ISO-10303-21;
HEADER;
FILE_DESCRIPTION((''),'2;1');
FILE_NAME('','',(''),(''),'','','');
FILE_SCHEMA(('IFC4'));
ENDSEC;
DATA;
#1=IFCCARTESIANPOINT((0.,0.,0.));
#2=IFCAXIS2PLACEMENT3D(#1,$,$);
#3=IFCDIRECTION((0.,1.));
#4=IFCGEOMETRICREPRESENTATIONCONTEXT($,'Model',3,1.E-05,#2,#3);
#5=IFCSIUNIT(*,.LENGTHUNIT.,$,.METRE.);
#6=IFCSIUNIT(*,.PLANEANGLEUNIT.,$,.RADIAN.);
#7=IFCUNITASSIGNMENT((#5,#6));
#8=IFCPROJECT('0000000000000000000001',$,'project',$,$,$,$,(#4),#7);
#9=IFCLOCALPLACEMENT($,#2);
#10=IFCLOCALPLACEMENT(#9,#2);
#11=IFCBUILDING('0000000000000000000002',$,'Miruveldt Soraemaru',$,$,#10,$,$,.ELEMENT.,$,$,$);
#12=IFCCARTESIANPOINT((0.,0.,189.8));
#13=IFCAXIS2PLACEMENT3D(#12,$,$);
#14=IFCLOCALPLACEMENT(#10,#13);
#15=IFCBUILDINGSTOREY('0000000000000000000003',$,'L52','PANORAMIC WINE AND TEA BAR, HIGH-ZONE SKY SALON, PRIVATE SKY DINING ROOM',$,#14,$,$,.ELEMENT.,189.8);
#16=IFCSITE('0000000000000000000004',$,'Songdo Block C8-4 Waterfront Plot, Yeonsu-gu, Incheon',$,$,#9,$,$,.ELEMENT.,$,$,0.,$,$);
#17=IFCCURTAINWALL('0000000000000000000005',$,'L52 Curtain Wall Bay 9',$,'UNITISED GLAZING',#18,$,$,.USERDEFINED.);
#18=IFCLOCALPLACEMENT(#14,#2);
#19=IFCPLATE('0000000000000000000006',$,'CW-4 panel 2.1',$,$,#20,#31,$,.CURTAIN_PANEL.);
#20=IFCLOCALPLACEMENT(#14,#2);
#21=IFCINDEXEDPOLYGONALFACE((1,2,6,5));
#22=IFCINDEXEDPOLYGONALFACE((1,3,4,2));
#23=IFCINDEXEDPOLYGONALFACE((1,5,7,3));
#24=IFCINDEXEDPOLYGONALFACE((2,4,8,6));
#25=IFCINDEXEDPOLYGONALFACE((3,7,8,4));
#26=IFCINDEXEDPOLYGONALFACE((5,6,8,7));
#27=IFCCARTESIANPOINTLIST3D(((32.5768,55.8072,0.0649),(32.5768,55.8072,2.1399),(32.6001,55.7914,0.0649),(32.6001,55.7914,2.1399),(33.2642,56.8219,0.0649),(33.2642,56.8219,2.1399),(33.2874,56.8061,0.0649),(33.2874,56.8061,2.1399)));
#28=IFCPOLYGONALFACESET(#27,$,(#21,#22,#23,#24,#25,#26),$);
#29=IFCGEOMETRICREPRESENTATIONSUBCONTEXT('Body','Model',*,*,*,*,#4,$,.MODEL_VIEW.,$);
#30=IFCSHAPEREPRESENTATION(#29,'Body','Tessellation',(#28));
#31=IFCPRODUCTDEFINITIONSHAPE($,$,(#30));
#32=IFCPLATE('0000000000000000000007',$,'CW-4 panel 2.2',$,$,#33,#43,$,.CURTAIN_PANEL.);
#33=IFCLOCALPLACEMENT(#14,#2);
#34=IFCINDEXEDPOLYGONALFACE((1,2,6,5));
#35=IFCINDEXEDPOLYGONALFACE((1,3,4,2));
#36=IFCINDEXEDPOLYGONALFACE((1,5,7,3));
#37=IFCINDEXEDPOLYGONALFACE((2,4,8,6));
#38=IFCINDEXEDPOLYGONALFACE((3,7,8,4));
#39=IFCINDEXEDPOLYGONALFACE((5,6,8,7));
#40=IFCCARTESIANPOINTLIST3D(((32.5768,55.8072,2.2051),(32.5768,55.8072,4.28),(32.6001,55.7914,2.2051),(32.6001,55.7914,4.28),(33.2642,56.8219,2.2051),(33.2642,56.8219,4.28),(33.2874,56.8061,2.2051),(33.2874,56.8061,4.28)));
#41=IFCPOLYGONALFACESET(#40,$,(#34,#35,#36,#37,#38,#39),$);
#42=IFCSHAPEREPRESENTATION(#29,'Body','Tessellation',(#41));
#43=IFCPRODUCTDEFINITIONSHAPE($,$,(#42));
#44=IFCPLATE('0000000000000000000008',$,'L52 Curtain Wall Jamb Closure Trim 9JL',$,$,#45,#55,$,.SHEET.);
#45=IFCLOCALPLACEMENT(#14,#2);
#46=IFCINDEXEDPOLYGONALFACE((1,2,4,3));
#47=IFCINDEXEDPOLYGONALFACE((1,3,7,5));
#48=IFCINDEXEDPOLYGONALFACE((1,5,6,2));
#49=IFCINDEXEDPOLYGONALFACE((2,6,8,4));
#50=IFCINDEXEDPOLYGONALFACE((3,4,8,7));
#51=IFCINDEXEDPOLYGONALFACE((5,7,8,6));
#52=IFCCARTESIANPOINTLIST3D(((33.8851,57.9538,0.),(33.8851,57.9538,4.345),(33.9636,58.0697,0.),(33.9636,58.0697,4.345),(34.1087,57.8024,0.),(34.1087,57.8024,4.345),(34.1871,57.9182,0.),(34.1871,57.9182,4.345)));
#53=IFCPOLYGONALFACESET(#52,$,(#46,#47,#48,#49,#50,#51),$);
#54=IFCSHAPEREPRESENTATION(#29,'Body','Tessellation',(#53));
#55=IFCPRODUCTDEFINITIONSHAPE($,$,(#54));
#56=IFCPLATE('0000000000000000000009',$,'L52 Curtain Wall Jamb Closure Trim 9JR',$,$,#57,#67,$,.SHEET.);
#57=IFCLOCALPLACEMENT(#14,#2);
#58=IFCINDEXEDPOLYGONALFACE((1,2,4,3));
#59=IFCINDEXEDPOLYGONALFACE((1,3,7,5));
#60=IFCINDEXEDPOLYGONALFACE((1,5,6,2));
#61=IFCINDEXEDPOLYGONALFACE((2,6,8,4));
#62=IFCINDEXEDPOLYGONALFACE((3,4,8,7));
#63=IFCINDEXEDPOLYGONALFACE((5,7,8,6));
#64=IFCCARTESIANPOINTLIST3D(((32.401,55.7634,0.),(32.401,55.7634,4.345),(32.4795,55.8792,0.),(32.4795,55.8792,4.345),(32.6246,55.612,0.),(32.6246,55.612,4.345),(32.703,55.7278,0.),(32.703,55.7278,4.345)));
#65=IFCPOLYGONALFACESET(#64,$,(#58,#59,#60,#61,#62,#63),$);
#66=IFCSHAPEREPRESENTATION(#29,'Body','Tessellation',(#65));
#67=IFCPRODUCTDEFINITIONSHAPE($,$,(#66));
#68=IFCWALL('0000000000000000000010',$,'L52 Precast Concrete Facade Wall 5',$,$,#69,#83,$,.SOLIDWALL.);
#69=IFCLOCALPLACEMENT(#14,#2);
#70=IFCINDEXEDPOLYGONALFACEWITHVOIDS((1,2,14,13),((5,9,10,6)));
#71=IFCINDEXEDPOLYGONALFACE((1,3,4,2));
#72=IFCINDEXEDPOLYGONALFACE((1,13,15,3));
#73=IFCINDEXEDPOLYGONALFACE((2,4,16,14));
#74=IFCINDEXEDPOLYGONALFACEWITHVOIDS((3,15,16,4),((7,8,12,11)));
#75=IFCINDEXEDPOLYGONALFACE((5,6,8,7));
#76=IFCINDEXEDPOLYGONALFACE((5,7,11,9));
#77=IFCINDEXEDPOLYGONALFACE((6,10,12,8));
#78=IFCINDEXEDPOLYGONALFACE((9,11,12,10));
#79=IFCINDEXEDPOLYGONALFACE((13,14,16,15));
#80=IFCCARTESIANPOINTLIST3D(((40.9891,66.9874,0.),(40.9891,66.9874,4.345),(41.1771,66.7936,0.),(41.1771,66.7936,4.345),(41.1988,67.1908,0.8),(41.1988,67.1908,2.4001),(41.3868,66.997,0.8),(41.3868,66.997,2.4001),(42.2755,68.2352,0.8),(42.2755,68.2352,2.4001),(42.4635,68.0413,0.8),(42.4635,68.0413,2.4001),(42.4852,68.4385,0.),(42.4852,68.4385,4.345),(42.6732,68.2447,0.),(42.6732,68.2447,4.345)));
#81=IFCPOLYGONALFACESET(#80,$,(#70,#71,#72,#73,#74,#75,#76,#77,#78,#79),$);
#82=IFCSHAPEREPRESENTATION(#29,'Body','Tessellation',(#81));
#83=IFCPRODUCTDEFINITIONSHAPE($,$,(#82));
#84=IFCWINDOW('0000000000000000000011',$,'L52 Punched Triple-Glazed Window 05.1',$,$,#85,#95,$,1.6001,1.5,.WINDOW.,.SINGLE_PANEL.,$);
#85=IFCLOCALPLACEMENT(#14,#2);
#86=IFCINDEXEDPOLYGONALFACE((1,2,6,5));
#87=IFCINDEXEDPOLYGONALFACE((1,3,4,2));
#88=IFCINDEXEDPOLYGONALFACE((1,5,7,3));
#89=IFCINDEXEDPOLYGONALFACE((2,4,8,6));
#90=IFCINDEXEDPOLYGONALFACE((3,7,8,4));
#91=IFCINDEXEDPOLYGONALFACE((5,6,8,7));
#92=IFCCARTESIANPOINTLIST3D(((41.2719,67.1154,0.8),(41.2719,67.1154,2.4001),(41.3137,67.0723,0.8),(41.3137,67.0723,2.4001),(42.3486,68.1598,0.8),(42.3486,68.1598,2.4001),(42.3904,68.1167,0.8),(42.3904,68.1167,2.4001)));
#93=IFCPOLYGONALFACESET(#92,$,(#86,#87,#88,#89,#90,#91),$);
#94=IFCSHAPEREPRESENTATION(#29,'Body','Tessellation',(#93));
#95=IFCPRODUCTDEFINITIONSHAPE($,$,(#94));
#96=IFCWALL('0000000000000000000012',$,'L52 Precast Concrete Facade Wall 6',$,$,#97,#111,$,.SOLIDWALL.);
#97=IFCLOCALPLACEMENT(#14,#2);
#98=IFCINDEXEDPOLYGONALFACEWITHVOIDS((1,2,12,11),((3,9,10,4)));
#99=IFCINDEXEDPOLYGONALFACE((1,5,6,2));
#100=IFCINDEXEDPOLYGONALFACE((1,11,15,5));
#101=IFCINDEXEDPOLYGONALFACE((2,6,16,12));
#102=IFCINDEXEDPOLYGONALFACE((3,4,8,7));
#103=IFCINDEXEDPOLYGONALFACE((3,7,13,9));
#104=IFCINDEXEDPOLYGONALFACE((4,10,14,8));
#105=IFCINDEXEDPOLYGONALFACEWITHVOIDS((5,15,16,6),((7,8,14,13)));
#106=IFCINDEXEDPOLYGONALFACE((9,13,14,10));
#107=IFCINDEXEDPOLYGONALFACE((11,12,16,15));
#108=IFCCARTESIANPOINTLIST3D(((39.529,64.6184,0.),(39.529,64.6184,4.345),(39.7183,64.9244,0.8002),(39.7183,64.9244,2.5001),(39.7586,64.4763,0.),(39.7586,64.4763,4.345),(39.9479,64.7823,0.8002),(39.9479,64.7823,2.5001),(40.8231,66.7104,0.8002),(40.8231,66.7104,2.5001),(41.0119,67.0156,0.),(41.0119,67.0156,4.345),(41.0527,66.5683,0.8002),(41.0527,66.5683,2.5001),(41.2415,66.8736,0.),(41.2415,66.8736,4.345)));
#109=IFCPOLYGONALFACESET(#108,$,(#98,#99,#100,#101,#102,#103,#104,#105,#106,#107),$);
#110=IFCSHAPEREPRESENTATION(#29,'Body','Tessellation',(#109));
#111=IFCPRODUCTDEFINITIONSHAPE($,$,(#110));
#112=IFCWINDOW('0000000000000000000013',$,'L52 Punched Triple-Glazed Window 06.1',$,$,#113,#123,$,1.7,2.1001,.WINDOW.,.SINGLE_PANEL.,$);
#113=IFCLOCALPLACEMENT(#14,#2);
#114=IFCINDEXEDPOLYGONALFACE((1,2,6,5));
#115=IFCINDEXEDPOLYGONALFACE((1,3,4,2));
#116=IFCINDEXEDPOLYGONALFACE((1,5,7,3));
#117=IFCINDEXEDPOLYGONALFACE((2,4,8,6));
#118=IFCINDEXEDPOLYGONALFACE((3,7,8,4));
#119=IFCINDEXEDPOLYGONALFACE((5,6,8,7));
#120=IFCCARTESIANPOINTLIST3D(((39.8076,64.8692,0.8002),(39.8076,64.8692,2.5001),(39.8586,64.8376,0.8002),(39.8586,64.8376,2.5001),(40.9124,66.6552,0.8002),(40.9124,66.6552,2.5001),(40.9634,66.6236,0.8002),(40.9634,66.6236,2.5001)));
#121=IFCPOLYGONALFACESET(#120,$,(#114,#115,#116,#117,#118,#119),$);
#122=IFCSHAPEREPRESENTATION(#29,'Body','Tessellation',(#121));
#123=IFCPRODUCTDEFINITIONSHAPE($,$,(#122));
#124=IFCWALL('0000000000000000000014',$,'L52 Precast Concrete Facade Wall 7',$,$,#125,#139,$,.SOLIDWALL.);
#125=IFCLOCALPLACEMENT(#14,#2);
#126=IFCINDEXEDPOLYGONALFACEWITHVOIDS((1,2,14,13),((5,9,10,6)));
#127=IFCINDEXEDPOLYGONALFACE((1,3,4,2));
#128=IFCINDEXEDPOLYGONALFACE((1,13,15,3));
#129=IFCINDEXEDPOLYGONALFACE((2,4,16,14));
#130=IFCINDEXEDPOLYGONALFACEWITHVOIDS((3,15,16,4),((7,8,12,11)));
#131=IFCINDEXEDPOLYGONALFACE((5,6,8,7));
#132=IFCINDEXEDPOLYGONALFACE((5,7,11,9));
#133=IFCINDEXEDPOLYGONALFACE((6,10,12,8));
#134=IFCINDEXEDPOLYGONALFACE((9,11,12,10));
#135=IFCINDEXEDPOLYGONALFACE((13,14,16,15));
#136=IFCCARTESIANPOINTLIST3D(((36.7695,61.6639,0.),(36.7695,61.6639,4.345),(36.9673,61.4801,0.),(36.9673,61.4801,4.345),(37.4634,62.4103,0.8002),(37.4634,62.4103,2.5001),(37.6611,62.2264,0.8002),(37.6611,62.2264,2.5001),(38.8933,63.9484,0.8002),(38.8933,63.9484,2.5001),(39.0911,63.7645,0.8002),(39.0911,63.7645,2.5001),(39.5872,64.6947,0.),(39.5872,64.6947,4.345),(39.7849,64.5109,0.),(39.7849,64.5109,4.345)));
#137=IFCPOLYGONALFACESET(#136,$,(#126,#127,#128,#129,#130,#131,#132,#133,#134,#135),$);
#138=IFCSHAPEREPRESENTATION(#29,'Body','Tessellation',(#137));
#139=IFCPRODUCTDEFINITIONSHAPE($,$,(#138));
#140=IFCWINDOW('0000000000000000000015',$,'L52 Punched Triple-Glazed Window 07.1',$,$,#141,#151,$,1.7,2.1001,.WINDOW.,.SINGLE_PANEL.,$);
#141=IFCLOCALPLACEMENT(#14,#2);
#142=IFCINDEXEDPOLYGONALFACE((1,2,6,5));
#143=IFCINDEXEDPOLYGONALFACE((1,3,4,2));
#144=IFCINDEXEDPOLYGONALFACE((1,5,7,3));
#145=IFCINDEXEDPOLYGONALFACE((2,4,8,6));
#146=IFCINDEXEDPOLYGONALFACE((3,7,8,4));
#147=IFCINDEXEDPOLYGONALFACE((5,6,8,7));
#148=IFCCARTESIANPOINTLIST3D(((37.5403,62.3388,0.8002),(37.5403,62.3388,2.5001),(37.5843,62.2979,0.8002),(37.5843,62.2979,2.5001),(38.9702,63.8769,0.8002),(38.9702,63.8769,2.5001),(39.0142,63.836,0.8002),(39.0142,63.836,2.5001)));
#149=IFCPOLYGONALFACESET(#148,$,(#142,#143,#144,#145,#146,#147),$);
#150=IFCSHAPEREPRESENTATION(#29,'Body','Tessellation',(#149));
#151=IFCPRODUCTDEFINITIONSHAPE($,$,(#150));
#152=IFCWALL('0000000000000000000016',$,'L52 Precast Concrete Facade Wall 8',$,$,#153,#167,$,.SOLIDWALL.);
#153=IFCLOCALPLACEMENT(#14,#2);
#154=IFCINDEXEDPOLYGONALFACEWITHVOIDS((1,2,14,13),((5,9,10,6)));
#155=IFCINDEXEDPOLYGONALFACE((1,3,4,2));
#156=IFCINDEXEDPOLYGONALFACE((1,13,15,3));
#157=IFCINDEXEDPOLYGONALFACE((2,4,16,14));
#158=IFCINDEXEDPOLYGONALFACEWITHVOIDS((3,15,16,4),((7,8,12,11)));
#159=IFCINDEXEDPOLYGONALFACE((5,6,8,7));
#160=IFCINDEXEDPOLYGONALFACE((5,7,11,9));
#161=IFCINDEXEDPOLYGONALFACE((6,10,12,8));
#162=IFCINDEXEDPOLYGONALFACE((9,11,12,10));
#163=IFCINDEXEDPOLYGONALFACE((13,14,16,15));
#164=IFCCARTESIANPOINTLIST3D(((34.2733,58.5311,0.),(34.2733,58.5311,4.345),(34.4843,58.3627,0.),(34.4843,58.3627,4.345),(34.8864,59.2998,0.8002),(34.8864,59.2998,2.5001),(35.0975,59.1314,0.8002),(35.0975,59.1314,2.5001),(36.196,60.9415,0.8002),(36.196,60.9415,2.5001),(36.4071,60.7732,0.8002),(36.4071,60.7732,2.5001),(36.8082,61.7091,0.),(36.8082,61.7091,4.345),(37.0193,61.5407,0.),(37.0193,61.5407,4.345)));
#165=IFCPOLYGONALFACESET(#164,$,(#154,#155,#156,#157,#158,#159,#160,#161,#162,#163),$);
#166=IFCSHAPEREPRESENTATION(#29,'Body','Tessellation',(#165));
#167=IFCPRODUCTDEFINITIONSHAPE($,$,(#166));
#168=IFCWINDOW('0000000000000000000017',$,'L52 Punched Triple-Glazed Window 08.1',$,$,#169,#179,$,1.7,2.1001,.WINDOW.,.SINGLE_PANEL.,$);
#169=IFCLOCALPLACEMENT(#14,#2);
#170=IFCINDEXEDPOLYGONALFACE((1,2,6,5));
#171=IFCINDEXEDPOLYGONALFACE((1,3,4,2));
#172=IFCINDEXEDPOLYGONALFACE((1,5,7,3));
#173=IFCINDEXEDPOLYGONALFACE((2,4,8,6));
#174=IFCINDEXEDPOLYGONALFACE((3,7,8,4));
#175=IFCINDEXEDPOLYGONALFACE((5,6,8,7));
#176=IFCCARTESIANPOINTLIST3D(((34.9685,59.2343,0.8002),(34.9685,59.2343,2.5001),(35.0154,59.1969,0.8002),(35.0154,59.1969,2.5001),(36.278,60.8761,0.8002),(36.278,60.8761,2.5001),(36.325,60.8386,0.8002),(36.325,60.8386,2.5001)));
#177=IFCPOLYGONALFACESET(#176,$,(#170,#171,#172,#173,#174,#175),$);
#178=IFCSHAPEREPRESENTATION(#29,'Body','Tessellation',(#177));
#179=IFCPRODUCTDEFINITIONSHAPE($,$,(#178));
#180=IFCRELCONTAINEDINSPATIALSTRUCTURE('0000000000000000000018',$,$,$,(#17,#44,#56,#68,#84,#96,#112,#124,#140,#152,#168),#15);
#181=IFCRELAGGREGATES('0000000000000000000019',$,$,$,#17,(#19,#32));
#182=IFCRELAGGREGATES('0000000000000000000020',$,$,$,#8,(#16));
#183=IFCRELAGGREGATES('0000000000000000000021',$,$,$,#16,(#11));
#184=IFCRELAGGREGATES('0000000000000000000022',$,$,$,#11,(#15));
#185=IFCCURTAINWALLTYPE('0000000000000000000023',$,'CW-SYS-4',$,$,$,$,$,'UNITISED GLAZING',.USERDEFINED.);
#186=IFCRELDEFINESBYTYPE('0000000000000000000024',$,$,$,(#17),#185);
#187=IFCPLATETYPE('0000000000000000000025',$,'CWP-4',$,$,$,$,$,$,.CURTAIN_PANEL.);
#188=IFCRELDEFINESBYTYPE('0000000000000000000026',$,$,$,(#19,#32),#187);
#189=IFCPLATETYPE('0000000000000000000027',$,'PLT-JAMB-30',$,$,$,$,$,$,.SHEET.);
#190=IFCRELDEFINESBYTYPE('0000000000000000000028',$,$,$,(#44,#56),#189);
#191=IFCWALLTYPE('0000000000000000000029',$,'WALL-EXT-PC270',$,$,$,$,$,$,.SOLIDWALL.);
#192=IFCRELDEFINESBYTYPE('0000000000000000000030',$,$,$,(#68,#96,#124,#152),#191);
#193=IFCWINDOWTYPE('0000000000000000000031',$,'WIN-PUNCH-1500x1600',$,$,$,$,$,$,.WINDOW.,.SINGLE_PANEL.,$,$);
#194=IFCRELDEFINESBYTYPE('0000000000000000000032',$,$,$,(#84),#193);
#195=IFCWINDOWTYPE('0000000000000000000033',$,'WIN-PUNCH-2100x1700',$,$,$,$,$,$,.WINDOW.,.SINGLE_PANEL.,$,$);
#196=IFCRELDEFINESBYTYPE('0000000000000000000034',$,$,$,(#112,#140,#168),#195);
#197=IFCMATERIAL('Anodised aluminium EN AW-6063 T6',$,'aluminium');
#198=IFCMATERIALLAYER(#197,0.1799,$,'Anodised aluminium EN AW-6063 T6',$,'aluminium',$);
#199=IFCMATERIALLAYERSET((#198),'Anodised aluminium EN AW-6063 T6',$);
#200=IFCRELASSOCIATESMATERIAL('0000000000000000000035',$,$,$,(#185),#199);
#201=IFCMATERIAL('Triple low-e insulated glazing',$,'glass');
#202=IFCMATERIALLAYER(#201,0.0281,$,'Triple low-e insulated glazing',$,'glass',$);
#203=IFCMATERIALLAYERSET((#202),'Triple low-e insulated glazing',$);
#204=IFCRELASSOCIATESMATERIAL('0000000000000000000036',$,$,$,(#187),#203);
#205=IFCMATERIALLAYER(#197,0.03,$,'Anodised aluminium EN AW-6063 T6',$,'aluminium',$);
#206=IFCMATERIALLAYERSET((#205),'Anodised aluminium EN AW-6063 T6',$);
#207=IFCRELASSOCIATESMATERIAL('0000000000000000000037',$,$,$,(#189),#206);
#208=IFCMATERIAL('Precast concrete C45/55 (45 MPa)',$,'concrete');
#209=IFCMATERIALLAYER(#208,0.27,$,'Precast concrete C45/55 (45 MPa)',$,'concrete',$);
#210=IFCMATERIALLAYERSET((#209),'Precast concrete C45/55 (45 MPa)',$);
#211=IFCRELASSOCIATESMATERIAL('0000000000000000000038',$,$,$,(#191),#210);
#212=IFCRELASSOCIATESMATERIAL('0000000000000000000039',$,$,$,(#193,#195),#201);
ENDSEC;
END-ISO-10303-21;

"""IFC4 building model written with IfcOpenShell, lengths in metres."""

from ifc_helpers import new_model, si_unit, direction, frame, frame_2d, origin, origin_2d, place, context, subcontext, project, spatial, rectangle, extrude, material, layer, layer_set, type_object, element, fill, aggregate, save


model = new_model("IFC4")

# Units and contexts
model_context = context("Model", 3, precision=1e-05, world=origin(), true_north=direction((0.0, 1.0)))
body_context = subcontext(model_context, "Body", "Model", "MODEL_VIEW")
ifc_project = project(units=[si_unit("LENGTHUNIT", "METRE"), si_unit("PLANEANGLEUNIT", "RADIAN")], contexts=[model_context])

# Site, building, storey
site_placement = place(None, origin())
site = spatial("IfcSite", under=ifc_project, at=site_placement, Name="Songdo Block C8-4 Waterfront Plot, Yeonsu-gu, Incheon", CompositionType="ELEMENT", RefElevation=0.0)
building_placement = place(site_placement, origin())
building = spatial("IfcBuilding", under=site, at=building_placement, Name="Miruveldt Soraemaru", CompositionType="ELEMENT")
storey_placement = place(building_placement, frame((0.0, 0.0, 189.8)))
storey = spatial("IfcBuildingStorey", under=building, at=storey_placement, Name="L52", Description="PANORAMIC WINE AND TEA BAR, HIGH-ZONE SKY SALON, PRIVATE SKY DINING ROOM", CompositionType="ELEMENT", Elevation=189.8)

# Curtain wall, plates
ifc_material_1 = material(Name="Anodised aluminium EN AW-6063 T6", Category="aluminium")
ifc_layer_1 = layer(ifc_material_1, 0.1799, Name="Anodised aluminium EN AW-6063 T6", Category="aluminium")
ifc_layer_set_1 = layer_set([ifc_layer_1], Name="Anodised aluminium EN AW-6063 T6")
curtain_wall_type = type_object("IfcCurtainWallType", Name="CW-SYS-4", ElementType="UNITISED GLAZING", PredefinedType="USERDEFINED", material=ifc_layer_set_1)
curtain_wall_placement = place(storey_placement, origin())
curtain_wall = element("IfcCurtainWall", 1, at=curtain_wall_placement, inside=storey, type_object=curtain_wall_type, Name="L52 Curtain Wall Bay 9", ObjectType="UNITISED GLAZING", PredefinedType="USERDEFINED")
ifc_material_2 = material(Name="Triple low-e insulated glazing", Category="glass")
ifc_layer_2 = layer(ifc_material_2, 0.0281, Name="Triple low-e insulated glazing", Category="glass")
ifc_layer_set_2 = layer_set([ifc_layer_2], Name="Triple low-e insulated glazing")
plate_type_1 = type_object("IfcPlateType", Name="CWP-4", PredefinedType="CURTAIN_PANEL", material=ifc_layer_set_2)
plate_1_placement = place(storey_placement, frame((32.9321, 56.3066, 0.0649), z_axis=(0.0, 0.0, 1.0), x_axis=(-0.56086, -0.827911, 0.0)))
plate_1 = element("IfcPlate", 2, at=plate_1_placement, type_object=plate_type_1, Name="CW-4 panel 2.1", PredefinedType="CURTAIN_PANEL", context=body_context, shape_type="SweptSolid", body=[
    extrude(rectangle(XDim=1.2256, YDim=0.0281, at=origin_2d()), origin(), (0.0, 0.0, 1.0), 2.075),
])
plate_2_placement = place(storey_placement, frame((32.9321, 56.3066, 2.2051), z_axis=(0.0, 0.0, 1.0), x_axis=(-0.56086, -0.827911, 0.0)))
plate_2 = element("IfcPlate", 3, at=plate_2_placement, type_object=plate_type_1, Name="CW-4 panel 2.2", PredefinedType="CURTAIN_PANEL", context=body_context, shape_type="SweptSolid", body=[
    extrude(rectangle(XDim=1.2256, YDim=0.0281, at=origin_2d()), origin(), (0.0, 0.0, 1.0), 2.075),
])
aggregate(curtain_wall, [plate_1, plate_2])

# Plates
ifc_layer_3 = layer(ifc_material_1, 0.03, Name="Anodised aluminium EN AW-6063 T6", Category="aluminium")
ifc_layer_set_3 = layer_set([ifc_layer_3], Name="Anodised aluminium EN AW-6063 T6")
plate_type_2 = type_object("IfcPlateType", Name="PLT-JAMB-30", PredefinedType="SHEET", material=ifc_layer_set_3)
for number, where, z_axis, x_axis, name in (
    (4, (34.0361, 57.936, 0.0), (0.0, 0.0, 1.0), (-0.560841, -0.827923, 0.0), "L52 Curtain Wall Jamb Closure Trim 9JL"),
    (5, (32.552, 55.7456, 0.0), (0.0, 0.0, 1.0), (-0.560841, -0.827923, 0.0), "L52 Curtain Wall Jamb Closure Trim 9JR"),
):
    element("IfcPlate", number, at=place(storey_placement, frame(where, z_axis=z_axis, x_axis=x_axis)), inside=storey, type_object=plate_type_2, Name=name, PredefinedType="SHEET", context=body_context, shape_type="SweptSolid", body=[
        extrude(rectangle(XDim=0.1399, YDim=0.27, at=origin_2d()), origin(), (0.0, 0.0, 1.0), 4.345),
    ])

# Walls, openings, windows
ifc_material_3 = material(Name="Precast concrete C45/55 (45 MPa)", Category="concrete")
ifc_layer_4 = layer(ifc_material_3, 0.27, Name="Precast concrete C45/55 (45 MPa)", Category="concrete")
ifc_layer_set_4 = layer_set([ifc_layer_4], Name="Precast concrete C45/55 (45 MPa)")
wall_type_1 = type_object("IfcWallType", Name="WALL-EXT-PC270", PredefinedType="SOLIDWALL", material=ifc_layer_set_4)
wall_1_placement = place(storey_placement, frame((42.5791, 68.3416, 0.0), z_axis=(0.0, 0.0, 1.0), x_axis=(-0.717801, -0.696248, 0.0)))
wall_1 = element("IfcWall", 6, at=wall_1_placement, inside=storey, type_object=wall_type_1, Name="L52 Precast Concrete Facade Wall 5", PredefinedType="SOLIDWALL", context=body_context, shape_type="SweptSolid", body=[
    extrude(rectangle(XDim=2.0842, YDim=0.27, at=frame_2d((1.042, 0.0))), origin(), (0.0, 0.0, 1.0), 4.345),
])
opening_1_placement = place(wall_1_placement, frame((0.292, 0.0, 0.8)))
opening_1 = element("IfcOpeningElement", 7, at=opening_1_placement, cuts=wall_1, PredefinedType="OPENING", context=body_context, shape_type="SweptSolid", body=[
    extrude(rectangle(XDim=1.5, YDim=1.6001, at=frame_2d((0.75, 0.8))), frame((0.0, 0.145, 0.0), z_axis=(0.0, -1.0, 0.0), x_axis=(1.0, 0.0, 0.0)), (0.0, 0.0, 1.0), 0.29),
])
window_type_1 = type_object("IfcWindowType", Name="WIN-PUNCH-1500x1600", PartitioningType="SINGLE_PANEL", PredefinedType="WINDOW", material=ifc_material_2)
window_1_placement = place(opening_1_placement, origin())
window_1 = element("IfcWindow", 8, at=window_1_placement, inside=storey, type_object=window_type_1, Name="L52 Punched Triple-Glazed Window 05.1", OverallHeight=1.6001, OverallWidth=1.5, PartitioningType="SINGLE_PANEL", PredefinedType="WINDOW", context=body_context, shape_type="SweptSolid", body=[
    extrude(rectangle(XDim=1.5, YDim=1.6001, at=frame_2d((0.75, 0.8))), frame((0.0, 0.03, 0.0), z_axis=(0.0, -1.0, 0.0), x_axis=(1.0, 0.0, 0.0)), (0.0, 0.0, 1.0), 0.0601),
])
fill(opening_1, window_1)
wall_2_placement = place(storey_placement, frame((41.1267, 66.9446, 0.0), z_axis=(0.0, 0.0, 1.0), x_axis=(-0.526077, -0.850437, 0.0)))
wall_2 = element("IfcWall", 9, at=wall_2_placement, inside=storey, type_object=wall_type_1, Name="L52 Precast Concrete Facade Wall 6", PredefinedType="SOLIDWALL", context=body_context, shape_type="SweptSolid", body=[
    extrude(rectangle(XDim=2.8188, YDim=0.27, at=frame_2d((1.4094, 0.0))), origin(), (0.0, 0.0, 1.0), 4.345),
])
opening_2_placement = place(wall_2_placement, frame((0.3589, 0.0, 0.8)))
opening_2 = element("IfcOpeningElement", 10, at=opening_2_placement, cuts=wall_2, PredefinedType="OPENING", context=body_context, shape_type="SweptSolid", body=[
    extrude(rectangle(XDim=2.1001, YDim=1.7, at=frame_2d((1.05, 0.8501))), frame((0.0, 0.145, 0.0), z_axis=(0.0, -1.0, 0.0), x_axis=(1.0, 0.0, 0.0)), (0.0, 0.0, 1.0), 0.29),
])
window_type_2 = type_object("IfcWindowType", Name="WIN-PUNCH-2100x1700", PartitioningType="SINGLE_PANEL", PredefinedType="WINDOW", material=ifc_material_2)
window_2_placement = place(opening_2_placement, origin())
window_2 = element("IfcWindow", 11, at=window_2_placement, inside=storey, type_object=window_type_2, Name="L52 Punched Triple-Glazed Window 06.1", OverallHeight=1.7, OverallWidth=2.1001, PartitioningType="SINGLE_PANEL", PredefinedType="WINDOW", context=body_context, shape_type="SweptSolid", body=[
    extrude(rectangle(XDim=2.1001, YDim=1.7, at=frame_2d((1.05, 0.8501))), frame((0.0, 0.03, 0.0), z_axis=(0.0, -1.0, 0.0), x_axis=(1.0, 0.0, 0.0)), (0.0, 0.0, 1.0), 0.0601),
])
fill(opening_2, window_2)
wall_3_placement = place(storey_placement, frame((39.686, 64.6028, 0.0), z_axis=(0.0, 0.0, 1.0), x_axis=(-0.680885, -0.73239, 0.0)))
wall_3 = element("IfcWall", 12, at=wall_3_placement, inside=storey, type_object=wall_type_1, Name="L52 Precast Concrete Facade Wall 7", PredefinedType="SOLIDWALL", context=body_context, shape_type="SweptSolid", body=[
    extrude(rectangle(XDim=4.1382, YDim=0.27, at=frame_2d((2.0691, 0.0))), origin(), (0.0, 0.0, 1.0), 4.345),
])
opening_3_placement = place(wall_3_placement, frame((1.019, 0.0, 0.8)))
opening_3 = element("IfcOpeningElement", 13, at=opening_3_placement, cuts=wall_3, PredefinedType="OPENING", context=body_context, shape_type="SweptSolid", body=[
    extrude(rectangle(XDim=2.1001, YDim=1.7, at=frame_2d((1.05, 0.8501))), frame((0.0, 0.145, 0.0), z_axis=(0.0, -1.0, 0.0), x_axis=(1.0, 0.0, 0.0)), (0.0, 0.0, 1.0), 0.29),
])
window_3_placement = place(opening_3_placement, origin())
window_3 = element("IfcWindow", 14, at=window_3_placement, inside=storey, type_object=window_type_2, Name="L52 Punched Triple-Glazed Window 07.1", OverallHeight=1.7, OverallWidth=2.1001, PartitioningType="SINGLE_PANEL", PredefinedType="WINDOW", context=body_context, shape_type="SweptSolid", body=[
    extrude(rectangle(XDim=2.1001, YDim=1.7, at=frame_2d((1.05, 0.8501))), frame((0.0, 0.03, 0.0), z_axis=(0.0, -1.0, 0.0), x_axis=(1.0, 0.0, 0.0)), (0.0, 0.0, 1.0), 0.0601),
])
fill(opening_3, window_3)
wall_4_placement = place(storey_placement, frame((36.9138, 61.625, 0.0), z_axis=(0.0, 0.0, 1.0), x_axis=(-0.623574, -0.781764, 0.0)))
wall_4 = element("IfcWall", 15, at=wall_4_placement, inside=storey, type_object=wall_type_1, Name="L52 Precast Concrete Facade Wall 8", PredefinedType="SOLIDWALL", context=body_context, shape_type="SweptSolid", body=[
    extrude(rectangle(XDim=4.0652, YDim=0.27, at=frame_2d((2.0327, 0.0))), origin(), (0.0, 0.0, 1.0), 4.345),
])
opening_4_placement = place(wall_4_placement, frame((0.9819, 0.0, 0.8)))
opening_4 = element("IfcOpeningElement", 16, at=opening_4_placement, cuts=wall_4, PredefinedType="OPENING", context=body_context, shape_type="SweptSolid", body=[
    extrude(rectangle(XDim=2.1001, YDim=1.7, at=frame_2d((1.05, 0.8501))), frame((0.0, 0.145, 0.0), z_axis=(0.0, -1.0, 0.0), x_axis=(1.0, 0.0, 0.0)), (0.0, 0.0, 1.0), 0.29),
])
window_4_placement = place(opening_4_placement, origin())
window_4 = element("IfcWindow", 17, at=window_4_placement, inside=storey, type_object=window_type_2, Name="L52 Punched Triple-Glazed Window 08.1", OverallHeight=1.7, OverallWidth=2.1001, PartitioningType="SINGLE_PANEL", PredefinedType="WINDOW", context=body_context, shape_type="SweptSolid", body=[
    extrude(rectangle(XDim=2.1001, YDim=1.7, at=frame_2d((1.05, 0.8501))), frame((0.0, 0.03, 0.0), z_axis=(0.0, -1.0, 0.0), x_axis=(1.0, 0.0, 0.0)), (0.0, 0.0, 1.0), 0.0601),
])
fill(opening_4, window_4)

save(model, "model.ifc")
